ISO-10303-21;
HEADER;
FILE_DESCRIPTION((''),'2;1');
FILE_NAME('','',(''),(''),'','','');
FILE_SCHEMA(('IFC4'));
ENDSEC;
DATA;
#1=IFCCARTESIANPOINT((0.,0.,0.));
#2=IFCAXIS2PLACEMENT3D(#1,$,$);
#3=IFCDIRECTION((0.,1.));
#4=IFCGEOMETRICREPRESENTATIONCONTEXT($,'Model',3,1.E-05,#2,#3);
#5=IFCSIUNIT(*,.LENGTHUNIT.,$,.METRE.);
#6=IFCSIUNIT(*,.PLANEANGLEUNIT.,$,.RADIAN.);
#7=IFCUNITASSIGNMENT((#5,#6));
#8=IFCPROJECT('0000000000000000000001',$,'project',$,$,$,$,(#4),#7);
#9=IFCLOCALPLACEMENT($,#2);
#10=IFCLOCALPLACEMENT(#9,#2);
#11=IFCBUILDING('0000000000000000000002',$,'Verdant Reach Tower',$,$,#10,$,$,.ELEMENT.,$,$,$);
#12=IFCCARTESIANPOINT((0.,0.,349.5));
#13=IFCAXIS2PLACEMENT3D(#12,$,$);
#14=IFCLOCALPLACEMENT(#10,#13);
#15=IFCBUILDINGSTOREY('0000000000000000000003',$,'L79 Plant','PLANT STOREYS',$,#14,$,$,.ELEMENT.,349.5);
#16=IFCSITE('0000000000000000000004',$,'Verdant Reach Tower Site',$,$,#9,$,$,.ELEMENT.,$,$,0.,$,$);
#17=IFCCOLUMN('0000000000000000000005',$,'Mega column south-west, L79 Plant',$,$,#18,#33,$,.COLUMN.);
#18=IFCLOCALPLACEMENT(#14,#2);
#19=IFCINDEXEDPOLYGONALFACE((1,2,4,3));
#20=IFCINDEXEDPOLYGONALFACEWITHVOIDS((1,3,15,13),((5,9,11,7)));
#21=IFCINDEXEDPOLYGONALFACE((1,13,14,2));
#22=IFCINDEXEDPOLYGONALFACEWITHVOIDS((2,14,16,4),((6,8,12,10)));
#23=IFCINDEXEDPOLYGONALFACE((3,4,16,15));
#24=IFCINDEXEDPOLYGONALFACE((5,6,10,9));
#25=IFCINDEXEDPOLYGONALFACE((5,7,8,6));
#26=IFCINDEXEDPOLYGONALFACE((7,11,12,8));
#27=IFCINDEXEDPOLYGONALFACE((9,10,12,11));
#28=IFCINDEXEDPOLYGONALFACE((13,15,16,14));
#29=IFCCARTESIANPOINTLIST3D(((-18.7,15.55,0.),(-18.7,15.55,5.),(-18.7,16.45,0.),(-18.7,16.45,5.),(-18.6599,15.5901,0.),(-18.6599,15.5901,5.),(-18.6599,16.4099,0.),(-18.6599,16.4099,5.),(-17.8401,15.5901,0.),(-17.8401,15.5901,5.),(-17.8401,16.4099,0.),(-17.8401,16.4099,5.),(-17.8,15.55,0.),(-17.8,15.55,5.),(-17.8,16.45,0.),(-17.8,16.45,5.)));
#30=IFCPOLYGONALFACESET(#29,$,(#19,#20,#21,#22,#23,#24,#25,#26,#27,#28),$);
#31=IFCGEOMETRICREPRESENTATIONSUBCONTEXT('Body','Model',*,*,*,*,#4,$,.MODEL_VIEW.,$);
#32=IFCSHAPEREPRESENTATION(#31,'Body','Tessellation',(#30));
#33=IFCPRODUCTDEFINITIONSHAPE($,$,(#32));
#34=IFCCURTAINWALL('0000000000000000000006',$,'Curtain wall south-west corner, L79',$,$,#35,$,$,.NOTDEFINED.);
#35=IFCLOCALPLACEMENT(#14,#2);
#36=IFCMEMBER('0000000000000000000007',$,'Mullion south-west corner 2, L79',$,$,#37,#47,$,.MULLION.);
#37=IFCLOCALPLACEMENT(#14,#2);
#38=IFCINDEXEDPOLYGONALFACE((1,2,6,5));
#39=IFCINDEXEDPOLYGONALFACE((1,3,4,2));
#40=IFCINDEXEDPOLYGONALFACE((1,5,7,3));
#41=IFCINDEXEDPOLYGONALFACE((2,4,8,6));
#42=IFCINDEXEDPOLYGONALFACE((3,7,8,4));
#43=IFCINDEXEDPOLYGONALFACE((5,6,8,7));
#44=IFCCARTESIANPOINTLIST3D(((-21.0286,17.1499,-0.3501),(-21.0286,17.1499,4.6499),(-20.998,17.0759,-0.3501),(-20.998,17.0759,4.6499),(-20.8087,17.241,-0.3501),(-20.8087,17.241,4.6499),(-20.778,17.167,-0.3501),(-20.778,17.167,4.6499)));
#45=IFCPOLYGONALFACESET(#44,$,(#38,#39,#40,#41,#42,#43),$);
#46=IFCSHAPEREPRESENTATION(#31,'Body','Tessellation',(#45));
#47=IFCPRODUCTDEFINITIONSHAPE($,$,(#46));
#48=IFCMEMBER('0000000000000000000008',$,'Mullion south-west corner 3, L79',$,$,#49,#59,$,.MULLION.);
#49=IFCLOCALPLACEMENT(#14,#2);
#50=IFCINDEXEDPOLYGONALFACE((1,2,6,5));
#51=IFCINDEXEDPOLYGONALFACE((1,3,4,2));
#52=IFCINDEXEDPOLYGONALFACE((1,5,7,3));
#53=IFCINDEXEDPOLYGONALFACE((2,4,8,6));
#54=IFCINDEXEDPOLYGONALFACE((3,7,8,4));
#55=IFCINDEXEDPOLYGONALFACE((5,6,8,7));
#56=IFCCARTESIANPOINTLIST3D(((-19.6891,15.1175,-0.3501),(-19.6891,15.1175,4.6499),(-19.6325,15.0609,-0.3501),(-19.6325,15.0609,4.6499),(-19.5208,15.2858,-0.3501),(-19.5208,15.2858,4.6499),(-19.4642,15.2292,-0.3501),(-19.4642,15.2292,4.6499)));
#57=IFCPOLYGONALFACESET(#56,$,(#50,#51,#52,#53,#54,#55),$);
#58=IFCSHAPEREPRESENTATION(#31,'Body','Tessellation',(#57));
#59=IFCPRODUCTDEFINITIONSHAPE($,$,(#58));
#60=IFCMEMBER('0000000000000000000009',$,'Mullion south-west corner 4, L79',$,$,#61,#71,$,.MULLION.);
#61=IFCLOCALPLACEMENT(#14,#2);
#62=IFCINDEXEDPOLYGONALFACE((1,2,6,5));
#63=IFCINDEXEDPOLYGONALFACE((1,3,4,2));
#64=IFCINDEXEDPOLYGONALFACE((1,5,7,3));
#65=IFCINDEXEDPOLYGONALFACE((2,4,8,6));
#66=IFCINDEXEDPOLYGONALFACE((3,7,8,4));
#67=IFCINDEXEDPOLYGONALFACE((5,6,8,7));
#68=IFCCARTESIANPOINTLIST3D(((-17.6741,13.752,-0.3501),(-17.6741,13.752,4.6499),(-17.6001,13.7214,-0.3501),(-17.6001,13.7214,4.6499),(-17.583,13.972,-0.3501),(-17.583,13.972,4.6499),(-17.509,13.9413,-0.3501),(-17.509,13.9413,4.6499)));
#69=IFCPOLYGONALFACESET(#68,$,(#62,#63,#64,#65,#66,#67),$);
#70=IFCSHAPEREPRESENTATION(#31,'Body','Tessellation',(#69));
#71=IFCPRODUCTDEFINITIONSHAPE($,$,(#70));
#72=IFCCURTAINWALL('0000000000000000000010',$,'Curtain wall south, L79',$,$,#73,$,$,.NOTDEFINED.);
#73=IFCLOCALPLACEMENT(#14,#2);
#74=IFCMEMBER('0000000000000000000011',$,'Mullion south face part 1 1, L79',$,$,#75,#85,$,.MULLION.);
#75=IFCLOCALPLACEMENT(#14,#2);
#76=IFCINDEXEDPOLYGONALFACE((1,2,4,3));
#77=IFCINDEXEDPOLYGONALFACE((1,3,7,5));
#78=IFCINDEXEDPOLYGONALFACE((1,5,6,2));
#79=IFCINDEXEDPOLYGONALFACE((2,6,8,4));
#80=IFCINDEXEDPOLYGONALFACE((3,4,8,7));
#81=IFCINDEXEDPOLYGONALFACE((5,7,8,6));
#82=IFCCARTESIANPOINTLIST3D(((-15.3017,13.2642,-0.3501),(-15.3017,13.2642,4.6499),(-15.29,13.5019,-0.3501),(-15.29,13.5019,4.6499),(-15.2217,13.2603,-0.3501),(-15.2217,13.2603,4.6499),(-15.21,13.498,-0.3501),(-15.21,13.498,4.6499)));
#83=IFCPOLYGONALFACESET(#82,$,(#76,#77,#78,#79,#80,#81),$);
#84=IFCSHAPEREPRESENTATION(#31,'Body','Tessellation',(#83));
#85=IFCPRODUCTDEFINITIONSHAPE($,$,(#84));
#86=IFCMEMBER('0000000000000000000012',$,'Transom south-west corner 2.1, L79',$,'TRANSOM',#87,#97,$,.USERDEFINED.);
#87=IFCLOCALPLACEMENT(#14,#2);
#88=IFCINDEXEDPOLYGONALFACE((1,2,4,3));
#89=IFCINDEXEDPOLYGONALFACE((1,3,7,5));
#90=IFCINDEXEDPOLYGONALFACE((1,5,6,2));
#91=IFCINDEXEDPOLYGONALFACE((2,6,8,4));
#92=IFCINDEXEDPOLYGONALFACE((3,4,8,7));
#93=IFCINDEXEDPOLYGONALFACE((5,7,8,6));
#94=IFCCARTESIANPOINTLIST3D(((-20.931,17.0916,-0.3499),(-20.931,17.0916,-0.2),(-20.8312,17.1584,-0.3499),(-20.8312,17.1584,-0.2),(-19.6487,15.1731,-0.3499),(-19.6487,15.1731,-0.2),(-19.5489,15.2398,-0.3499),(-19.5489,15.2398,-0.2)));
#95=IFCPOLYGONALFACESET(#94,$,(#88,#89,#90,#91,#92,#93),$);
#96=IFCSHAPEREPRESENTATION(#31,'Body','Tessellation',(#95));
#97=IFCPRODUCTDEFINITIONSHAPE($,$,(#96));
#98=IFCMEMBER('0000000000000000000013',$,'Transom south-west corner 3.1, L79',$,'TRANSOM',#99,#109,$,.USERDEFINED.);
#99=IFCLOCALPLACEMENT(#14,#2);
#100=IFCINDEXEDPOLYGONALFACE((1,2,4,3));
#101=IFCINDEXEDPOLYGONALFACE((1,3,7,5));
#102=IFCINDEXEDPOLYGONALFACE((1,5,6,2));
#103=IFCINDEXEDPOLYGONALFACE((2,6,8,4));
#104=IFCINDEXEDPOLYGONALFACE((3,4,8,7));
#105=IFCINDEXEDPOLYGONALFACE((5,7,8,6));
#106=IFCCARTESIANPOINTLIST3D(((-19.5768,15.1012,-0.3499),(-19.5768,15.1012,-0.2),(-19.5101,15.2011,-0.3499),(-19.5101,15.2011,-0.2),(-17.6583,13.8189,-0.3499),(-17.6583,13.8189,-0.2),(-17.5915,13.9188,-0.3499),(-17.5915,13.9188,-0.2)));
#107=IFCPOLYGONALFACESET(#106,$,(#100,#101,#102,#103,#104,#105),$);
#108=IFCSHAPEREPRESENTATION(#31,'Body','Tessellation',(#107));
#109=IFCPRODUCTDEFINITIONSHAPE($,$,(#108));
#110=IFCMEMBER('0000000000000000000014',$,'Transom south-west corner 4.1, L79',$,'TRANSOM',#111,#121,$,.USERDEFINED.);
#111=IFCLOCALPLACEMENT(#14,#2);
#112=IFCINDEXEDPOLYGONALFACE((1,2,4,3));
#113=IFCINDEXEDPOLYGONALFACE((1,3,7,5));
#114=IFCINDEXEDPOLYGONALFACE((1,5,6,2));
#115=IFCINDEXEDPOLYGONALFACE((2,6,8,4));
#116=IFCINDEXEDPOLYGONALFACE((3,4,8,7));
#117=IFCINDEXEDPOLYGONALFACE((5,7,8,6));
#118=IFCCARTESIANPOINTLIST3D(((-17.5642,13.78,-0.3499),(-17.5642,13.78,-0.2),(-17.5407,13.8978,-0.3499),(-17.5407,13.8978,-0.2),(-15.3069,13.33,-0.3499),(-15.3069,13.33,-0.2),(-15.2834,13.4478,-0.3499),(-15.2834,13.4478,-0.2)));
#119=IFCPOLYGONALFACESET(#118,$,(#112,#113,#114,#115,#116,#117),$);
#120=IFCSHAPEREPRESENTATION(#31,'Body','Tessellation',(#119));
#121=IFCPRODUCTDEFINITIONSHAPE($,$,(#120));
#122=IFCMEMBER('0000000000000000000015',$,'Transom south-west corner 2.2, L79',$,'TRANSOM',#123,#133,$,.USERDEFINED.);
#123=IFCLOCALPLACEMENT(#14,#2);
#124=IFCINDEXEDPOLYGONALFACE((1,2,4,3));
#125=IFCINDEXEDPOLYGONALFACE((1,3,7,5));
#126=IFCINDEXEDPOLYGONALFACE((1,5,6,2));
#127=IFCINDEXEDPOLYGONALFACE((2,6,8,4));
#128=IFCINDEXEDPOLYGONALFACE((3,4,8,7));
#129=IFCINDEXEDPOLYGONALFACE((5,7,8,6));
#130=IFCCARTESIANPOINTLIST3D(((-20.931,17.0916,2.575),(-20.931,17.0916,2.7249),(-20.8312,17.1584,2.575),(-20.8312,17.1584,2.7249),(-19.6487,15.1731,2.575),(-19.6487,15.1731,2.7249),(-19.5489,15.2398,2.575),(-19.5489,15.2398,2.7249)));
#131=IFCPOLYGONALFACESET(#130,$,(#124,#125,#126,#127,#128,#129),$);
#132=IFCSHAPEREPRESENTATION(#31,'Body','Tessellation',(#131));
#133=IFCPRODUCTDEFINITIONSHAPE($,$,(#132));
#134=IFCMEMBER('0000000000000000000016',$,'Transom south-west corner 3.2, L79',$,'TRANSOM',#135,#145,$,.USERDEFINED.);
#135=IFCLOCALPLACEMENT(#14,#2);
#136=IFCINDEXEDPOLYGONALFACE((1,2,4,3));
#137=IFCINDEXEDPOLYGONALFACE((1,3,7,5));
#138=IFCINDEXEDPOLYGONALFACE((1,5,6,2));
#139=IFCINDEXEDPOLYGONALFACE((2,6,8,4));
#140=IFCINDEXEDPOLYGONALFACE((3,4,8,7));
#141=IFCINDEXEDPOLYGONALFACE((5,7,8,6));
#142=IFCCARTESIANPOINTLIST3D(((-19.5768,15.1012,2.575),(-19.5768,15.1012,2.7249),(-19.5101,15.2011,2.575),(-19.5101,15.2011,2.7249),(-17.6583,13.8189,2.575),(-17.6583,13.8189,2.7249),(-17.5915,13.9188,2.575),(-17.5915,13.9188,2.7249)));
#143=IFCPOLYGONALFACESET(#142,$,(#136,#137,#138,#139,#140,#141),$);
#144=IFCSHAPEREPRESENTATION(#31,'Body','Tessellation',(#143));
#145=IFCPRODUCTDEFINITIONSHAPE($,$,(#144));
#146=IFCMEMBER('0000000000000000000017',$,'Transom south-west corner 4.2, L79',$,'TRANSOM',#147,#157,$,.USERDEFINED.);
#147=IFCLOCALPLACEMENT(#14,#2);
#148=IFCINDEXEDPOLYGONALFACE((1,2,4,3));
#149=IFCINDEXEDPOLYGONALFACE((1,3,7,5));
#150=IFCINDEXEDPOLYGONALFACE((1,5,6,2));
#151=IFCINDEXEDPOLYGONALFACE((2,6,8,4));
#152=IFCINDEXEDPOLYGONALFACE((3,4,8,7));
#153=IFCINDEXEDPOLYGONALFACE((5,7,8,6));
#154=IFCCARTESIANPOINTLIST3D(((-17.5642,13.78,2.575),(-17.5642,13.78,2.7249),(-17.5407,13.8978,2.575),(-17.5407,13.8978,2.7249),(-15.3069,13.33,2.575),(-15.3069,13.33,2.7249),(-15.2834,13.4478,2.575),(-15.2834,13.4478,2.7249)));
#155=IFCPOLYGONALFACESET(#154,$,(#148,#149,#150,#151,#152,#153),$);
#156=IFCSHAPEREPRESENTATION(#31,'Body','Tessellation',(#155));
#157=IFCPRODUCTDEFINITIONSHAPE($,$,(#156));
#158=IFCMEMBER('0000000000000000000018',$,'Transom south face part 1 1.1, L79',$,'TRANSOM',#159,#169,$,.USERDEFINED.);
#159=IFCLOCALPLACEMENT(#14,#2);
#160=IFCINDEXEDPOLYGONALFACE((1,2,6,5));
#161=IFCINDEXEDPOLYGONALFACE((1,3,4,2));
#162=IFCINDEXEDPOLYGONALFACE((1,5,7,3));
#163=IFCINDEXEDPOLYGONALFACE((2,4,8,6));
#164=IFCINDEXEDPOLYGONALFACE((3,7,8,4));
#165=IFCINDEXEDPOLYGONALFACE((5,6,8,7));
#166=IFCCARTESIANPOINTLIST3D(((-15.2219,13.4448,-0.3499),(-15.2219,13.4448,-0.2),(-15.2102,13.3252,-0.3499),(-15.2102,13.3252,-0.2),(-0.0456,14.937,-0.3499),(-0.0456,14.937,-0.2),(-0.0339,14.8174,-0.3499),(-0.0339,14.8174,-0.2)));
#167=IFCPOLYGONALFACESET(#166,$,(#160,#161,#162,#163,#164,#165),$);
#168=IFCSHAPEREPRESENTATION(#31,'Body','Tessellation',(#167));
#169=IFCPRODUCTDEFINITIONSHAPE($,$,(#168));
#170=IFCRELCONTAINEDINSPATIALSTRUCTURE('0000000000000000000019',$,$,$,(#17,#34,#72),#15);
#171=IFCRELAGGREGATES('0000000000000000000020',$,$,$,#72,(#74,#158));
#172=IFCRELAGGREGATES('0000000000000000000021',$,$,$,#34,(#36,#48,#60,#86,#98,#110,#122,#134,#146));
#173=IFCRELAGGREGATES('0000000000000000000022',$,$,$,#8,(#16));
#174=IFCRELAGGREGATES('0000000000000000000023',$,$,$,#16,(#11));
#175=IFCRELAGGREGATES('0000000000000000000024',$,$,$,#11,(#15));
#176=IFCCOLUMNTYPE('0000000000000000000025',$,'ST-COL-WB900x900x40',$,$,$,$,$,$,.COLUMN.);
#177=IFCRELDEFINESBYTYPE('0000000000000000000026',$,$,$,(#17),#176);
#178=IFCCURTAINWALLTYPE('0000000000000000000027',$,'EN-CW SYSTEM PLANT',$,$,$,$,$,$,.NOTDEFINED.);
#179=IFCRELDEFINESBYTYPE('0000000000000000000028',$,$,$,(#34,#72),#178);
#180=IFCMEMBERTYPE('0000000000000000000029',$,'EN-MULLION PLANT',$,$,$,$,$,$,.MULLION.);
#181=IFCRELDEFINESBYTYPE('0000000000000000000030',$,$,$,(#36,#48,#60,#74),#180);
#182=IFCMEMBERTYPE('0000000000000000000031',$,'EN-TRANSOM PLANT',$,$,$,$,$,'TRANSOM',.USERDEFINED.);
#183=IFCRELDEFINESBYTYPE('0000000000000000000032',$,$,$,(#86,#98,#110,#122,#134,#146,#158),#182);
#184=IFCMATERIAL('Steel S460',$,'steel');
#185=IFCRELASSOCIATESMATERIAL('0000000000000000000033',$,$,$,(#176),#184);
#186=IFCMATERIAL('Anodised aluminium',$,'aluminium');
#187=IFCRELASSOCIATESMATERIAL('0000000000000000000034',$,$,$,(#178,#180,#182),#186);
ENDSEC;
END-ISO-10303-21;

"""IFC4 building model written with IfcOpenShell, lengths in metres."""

from ifc_helpers import new_model, si_unit, direction, frame, origin, origin_2d, place, context, subcontext, project, spatial, rectangle, hollow_rectangle, extrude, material, material_profile, profile_set, type_object, element, aggregate, save


model = new_model("IFC4")

# Units and contexts
model_context = context("Model", 3, precision=1e-05, world=origin(), true_north=direction((0.0, 1.0)))
body_context = subcontext(model_context, "Body", "Model", "MODEL_VIEW")
ifc_project = project(units=[si_unit("LENGTHUNIT", "METRE"), si_unit("PLANEANGLEUNIT", "RADIAN")], contexts=[model_context])

# Site, building, storey
site_placement = place(None, origin())
site = spatial("IfcSite", under=ifc_project, at=site_placement, Name="Verdant Reach Tower Site", CompositionType="ELEMENT", RefElevation=0.0)
building_placement = place(site_placement, origin())
building = spatial("IfcBuilding", under=site, at=building_placement, Name="Verdant Reach Tower", CompositionType="ELEMENT")
storey_placement = place(building_placement, frame((0.0, 0.0, 349.5)))
storey = spatial("IfcBuildingStorey", under=building, at=storey_placement, Name="L79 Plant", Description="PLANT STOREYS", CompositionType="ELEMENT", Elevation=349.5)

# Column
ifc_material_1 = material(Name="Steel S460", Category="steel")
ifc_material_profile_1 = material_profile(ifc_material_1, hollow_rectangle(XDim=0.8999, YDim=0.8999, WallThickness=0.04, at=origin_2d()), Name="WB 900x900x40")
ifc_profile_set_1 = profile_set([ifc_material_profile_1], Name="Steel S460")
column_type = type_object("IfcColumnType", Name="ST-COL-WB900x900x40", PredefinedType="COLUMN", material=ifc_profile_set_1)
column_placement = place(storey_placement, frame((-18.25, 16.0, 0.0), z_axis=(0.0, 0.0, 1.0), x_axis=(1.0, 0.0, 0.0)))
element("IfcColumn", 1, at=column_placement, inside=storey, type_object=column_type, Name="Mega column south-west, L79 Plant", PredefinedType="COLUMN", context=body_context, shape_type="SweptSolid", body=[
    extrude(hollow_rectangle(XDim=0.8999, YDim=0.8999, WallThickness=0.04, at=origin_2d()), origin(), (0.0, 0.0, 1.0), 5.0),
])

# Curtain wall, members
ifc_material_2 = material(Name="Anodised aluminium", Category="aluminium")
curtain_wall_type = type_object("IfcCurtainWallType", Name="EN-CW SYSTEM PLANT", PredefinedType="NOTDEFINED", material=ifc_material_2)
curtain_wall_1_placement = place(storey_placement, origin())
curtain_wall_1 = element("IfcCurtainWall", 2, at=curtain_wall_1_placement, inside=storey, type_object=curtain_wall_type, Name="Curtain wall south-west corner, L79", PredefinedType="NOTDEFINED")
ifc_material_profile_2 = material_profile(ifc_material_2, rectangle(XDim=0.238, YDim=0.0801, at=origin_2d()), Name="Mullion 80x240")
ifc_profile_set_2 = profile_set([ifc_material_profile_2], Name="Anodised aluminium")
member_type_1 = type_object("IfcMemberType", Name="EN-MULLION PLANT", PredefinedType="MULLION", material=ifc_profile_set_2)
member_1_placement = place(storey_placement, frame((-20.9033, 17.1584, -0.3501), z_axis=(0.0, 0.0, 1.0), x_axis=(-0.923875, -0.382694, 0.0)))
member_1 = element("IfcMember", 3, at=member_1_placement, type_object=member_type_1, Name="Mullion south-west corner 2, L79", PredefinedType="MULLION", context=body_context, shape_type="SweptSolid", body=[
    extrude(rectangle(XDim=0.238, YDim=0.0801, at=origin_2d()), origin(), (0.0, 0.0, 1.0), 5.0),
])
member_2_placement = place(storey_placement, frame((-19.5767, 15.1733, -0.3501), z_axis=(0.0, 0.0, 1.0), x_axis=(-0.707107, -0.707107, 0.0)))
member_2 = element("IfcMember", 4, at=member_2_placement, type_object=member_type_1, Name="Mullion south-west corner 3, L79", PredefinedType="MULLION", context=body_context, shape_type="SweptSolid", body=[
    extrude(rectangle(XDim=0.238, YDim=0.0801, at=origin_2d()), origin(), (0.0, 0.0, 1.0), 5.0),
])
member_3_placement = place(storey_placement, frame((-17.5916, 13.8467, -0.3501), z_axis=(0.0, 0.0, 1.0), x_axis=(-0.382694, -0.923875, 0.0)))
member_3 = element("IfcMember", 5, at=member_3_placement, type_object=member_type_1, Name="Mullion south-west corner 4, L79", PredefinedType="MULLION", context=body_context, shape_type="SweptSolid", body=[
    extrude(rectangle(XDim=0.238, YDim=0.0801, at=origin_2d()), origin(), (0.0, 0.0, 1.0), 5.0),
])

# Curtain wall, member
curtain_wall_2_placement = place(storey_placement, origin())
curtain_wall_2 = element("IfcCurtainWall", 6, at=curtain_wall_2_placement, inside=storey, type_object=curtain_wall_type, Name="Curtain wall south, L79", PredefinedType="NOTDEFINED")
member_4_placement = place(storey_placement, frame((-15.2559, 13.3811, -0.3501), z_axis=(0.0, 0.0, 1.0), x_axis=(-0.049128, -0.998793, 0.0)))
member_4 = element("IfcMember", 7, at=member_4_placement, type_object=member_type_1, Name="Mullion south face part 1 1, L79", PredefinedType="MULLION", context=body_context, shape_type="SweptSolid", body=[
    extrude(rectangle(XDim=0.238, YDim=0.0801, at=origin_2d()), origin(), (0.0, 0.0, 1.0), 5.0),
])

# Members
ifc_material_profile_3 = material_profile(ifc_material_2, rectangle(XDim=0.1201, YDim=0.1499, at=origin_2d()), Name="Transom 150x120")
ifc_profile_set_3 = profile_set([ifc_material_profile_3], Name="Anodised aluminium")
member_type_2 = type_object("IfcMemberType", Name="EN-TRANSOM PLANT", ElementType="TRANSOM", PredefinedType="USERDEFINED", material=ifc_profile_set_3)
member_5_placement = place(storey_placement, frame((-20.8811, 17.125, -0.2749), z_axis=(0.555676, -0.831399, 0.0), x_axis=(0.831399, 0.555676, 0.0)))
member_5 = element("IfcMember", 8, at=member_5_placement, type_object=member_type_2, Name="Transom south-west corner 2.1, L79", ObjectType="TRANSOM", PredefinedType="USERDEFINED", context=body_context, shape_type="SweptSolid", body=[
    extrude(rectangle(XDim=0.1201, YDim=0.1499, at=origin_2d()), origin(), (0.0, 0.0, 1.0), 2.3076),
])
member_6_placement = place(storey_placement, frame((-19.5435, 15.1511, -0.2749), z_axis=(0.831399, -0.555676, 0.0), x_axis=(0.555676, 0.831399, 0.0)))
member_6 = element("IfcMember", 9, at=member_6_placement, type_object=member_type_2, Name="Transom south-west corner 3.1, L79", ObjectType="TRANSOM", PredefinedType="USERDEFINED", context=body_context, shape_type="SweptSolid", body=[
    extrude(rectangle(XDim=0.1201, YDim=0.1499, at=origin_2d()), origin(), (0.0, 0.0, 1.0), 2.3076),
])
member_7_placement = place(storey_placement, frame((-17.5525, 13.8389, -0.2749), z_axis=(0.980707, -0.195484, 0.0), x_axis=(0.195484, 0.980707, 0.0)))
member_7 = element("IfcMember", 10, at=member_7_placement, type_object=member_type_2, Name="Transom south-west corner 4.1, L79", ObjectType="TRANSOM", PredefinedType="USERDEFINED", context=body_context, shape_type="SweptSolid", body=[
    extrude(rectangle(XDim=0.1201, YDim=0.1499, at=origin_2d()), origin(), (0.0, 0.0, 1.0), 2.3018),
])
member_8_placement = place(storey_placement, frame((-20.8811, 17.125, 2.6499), z_axis=(0.555676, -0.831399, 0.0), x_axis=(0.831399, 0.555676, 0.0)))
member_8 = element("IfcMember", 11, at=member_8_placement, type_object=member_type_2, Name="Transom south-west corner 2.2, L79", ObjectType="TRANSOM", PredefinedType="USERDEFINED", context=body_context, shape_type="SweptSolid", body=[
    extrude(rectangle(XDim=0.1201, YDim=0.1499, at=origin_2d()), origin(), (0.0, 0.0, 1.0), 2.3076),
])
member_9_placement = place(storey_placement, frame((-19.5435, 15.1511, 2.6499), z_axis=(0.831399, -0.555676, 0.0), x_axis=(0.555676, 0.831399, 0.0)))
member_9 = element("IfcMember", 12, at=member_9_placement, type_object=member_type_2, Name="Transom south-west corner 3.2, L79", ObjectType="TRANSOM", PredefinedType="USERDEFINED", context=body_context, shape_type="SweptSolid", body=[
    extrude(rectangle(XDim=0.1201, YDim=0.1499, at=origin_2d()), origin(), (0.0, 0.0, 1.0), 2.3076),
])
member_10_placement = place(storey_placement, frame((-17.5525, 13.8389, 2.6499), z_axis=(0.980707, -0.195484, 0.0), x_axis=(0.195484, 0.980707, 0.0)))
member_10 = element("IfcMember", 13, at=member_10_placement, type_object=member_type_2, Name="Transom south-west corner 4.2, L79", ObjectType="TRANSOM", PredefinedType="USERDEFINED", context=body_context, shape_type="SweptSolid", body=[
    extrude(rectangle(XDim=0.1201, YDim=0.1499, at=origin_2d()), origin(), (0.0, 0.0, 1.0), 2.3018),
])
member_11_placement = place(storey_placement, frame((-15.2161, 13.385, -0.2749), z_axis=(0.995201, 0.097852, 0.0), x_axis=(-0.097852, 0.995201, 0.0)))
member_11 = element("IfcMember", 14, at=member_11_placement, type_object=member_type_2, Name="Transom south face part 1 1.1, L79", ObjectType="TRANSOM", PredefinedType="USERDEFINED", context=body_context, shape_type="SweptSolid", body=[
    extrude(rectangle(XDim=0.1201, YDim=0.1499, at=origin_2d()), origin(), (0.0, 0.0, 1.0), 15.2495),
])
aggregate(curtain_wall_2, [member_4, member_11])

aggregate(curtain_wall_1, [member_1, member_2, member_3, member_5, member_6, member_7, member_8, member_9, member_10])

save(model, "model.ifc")
